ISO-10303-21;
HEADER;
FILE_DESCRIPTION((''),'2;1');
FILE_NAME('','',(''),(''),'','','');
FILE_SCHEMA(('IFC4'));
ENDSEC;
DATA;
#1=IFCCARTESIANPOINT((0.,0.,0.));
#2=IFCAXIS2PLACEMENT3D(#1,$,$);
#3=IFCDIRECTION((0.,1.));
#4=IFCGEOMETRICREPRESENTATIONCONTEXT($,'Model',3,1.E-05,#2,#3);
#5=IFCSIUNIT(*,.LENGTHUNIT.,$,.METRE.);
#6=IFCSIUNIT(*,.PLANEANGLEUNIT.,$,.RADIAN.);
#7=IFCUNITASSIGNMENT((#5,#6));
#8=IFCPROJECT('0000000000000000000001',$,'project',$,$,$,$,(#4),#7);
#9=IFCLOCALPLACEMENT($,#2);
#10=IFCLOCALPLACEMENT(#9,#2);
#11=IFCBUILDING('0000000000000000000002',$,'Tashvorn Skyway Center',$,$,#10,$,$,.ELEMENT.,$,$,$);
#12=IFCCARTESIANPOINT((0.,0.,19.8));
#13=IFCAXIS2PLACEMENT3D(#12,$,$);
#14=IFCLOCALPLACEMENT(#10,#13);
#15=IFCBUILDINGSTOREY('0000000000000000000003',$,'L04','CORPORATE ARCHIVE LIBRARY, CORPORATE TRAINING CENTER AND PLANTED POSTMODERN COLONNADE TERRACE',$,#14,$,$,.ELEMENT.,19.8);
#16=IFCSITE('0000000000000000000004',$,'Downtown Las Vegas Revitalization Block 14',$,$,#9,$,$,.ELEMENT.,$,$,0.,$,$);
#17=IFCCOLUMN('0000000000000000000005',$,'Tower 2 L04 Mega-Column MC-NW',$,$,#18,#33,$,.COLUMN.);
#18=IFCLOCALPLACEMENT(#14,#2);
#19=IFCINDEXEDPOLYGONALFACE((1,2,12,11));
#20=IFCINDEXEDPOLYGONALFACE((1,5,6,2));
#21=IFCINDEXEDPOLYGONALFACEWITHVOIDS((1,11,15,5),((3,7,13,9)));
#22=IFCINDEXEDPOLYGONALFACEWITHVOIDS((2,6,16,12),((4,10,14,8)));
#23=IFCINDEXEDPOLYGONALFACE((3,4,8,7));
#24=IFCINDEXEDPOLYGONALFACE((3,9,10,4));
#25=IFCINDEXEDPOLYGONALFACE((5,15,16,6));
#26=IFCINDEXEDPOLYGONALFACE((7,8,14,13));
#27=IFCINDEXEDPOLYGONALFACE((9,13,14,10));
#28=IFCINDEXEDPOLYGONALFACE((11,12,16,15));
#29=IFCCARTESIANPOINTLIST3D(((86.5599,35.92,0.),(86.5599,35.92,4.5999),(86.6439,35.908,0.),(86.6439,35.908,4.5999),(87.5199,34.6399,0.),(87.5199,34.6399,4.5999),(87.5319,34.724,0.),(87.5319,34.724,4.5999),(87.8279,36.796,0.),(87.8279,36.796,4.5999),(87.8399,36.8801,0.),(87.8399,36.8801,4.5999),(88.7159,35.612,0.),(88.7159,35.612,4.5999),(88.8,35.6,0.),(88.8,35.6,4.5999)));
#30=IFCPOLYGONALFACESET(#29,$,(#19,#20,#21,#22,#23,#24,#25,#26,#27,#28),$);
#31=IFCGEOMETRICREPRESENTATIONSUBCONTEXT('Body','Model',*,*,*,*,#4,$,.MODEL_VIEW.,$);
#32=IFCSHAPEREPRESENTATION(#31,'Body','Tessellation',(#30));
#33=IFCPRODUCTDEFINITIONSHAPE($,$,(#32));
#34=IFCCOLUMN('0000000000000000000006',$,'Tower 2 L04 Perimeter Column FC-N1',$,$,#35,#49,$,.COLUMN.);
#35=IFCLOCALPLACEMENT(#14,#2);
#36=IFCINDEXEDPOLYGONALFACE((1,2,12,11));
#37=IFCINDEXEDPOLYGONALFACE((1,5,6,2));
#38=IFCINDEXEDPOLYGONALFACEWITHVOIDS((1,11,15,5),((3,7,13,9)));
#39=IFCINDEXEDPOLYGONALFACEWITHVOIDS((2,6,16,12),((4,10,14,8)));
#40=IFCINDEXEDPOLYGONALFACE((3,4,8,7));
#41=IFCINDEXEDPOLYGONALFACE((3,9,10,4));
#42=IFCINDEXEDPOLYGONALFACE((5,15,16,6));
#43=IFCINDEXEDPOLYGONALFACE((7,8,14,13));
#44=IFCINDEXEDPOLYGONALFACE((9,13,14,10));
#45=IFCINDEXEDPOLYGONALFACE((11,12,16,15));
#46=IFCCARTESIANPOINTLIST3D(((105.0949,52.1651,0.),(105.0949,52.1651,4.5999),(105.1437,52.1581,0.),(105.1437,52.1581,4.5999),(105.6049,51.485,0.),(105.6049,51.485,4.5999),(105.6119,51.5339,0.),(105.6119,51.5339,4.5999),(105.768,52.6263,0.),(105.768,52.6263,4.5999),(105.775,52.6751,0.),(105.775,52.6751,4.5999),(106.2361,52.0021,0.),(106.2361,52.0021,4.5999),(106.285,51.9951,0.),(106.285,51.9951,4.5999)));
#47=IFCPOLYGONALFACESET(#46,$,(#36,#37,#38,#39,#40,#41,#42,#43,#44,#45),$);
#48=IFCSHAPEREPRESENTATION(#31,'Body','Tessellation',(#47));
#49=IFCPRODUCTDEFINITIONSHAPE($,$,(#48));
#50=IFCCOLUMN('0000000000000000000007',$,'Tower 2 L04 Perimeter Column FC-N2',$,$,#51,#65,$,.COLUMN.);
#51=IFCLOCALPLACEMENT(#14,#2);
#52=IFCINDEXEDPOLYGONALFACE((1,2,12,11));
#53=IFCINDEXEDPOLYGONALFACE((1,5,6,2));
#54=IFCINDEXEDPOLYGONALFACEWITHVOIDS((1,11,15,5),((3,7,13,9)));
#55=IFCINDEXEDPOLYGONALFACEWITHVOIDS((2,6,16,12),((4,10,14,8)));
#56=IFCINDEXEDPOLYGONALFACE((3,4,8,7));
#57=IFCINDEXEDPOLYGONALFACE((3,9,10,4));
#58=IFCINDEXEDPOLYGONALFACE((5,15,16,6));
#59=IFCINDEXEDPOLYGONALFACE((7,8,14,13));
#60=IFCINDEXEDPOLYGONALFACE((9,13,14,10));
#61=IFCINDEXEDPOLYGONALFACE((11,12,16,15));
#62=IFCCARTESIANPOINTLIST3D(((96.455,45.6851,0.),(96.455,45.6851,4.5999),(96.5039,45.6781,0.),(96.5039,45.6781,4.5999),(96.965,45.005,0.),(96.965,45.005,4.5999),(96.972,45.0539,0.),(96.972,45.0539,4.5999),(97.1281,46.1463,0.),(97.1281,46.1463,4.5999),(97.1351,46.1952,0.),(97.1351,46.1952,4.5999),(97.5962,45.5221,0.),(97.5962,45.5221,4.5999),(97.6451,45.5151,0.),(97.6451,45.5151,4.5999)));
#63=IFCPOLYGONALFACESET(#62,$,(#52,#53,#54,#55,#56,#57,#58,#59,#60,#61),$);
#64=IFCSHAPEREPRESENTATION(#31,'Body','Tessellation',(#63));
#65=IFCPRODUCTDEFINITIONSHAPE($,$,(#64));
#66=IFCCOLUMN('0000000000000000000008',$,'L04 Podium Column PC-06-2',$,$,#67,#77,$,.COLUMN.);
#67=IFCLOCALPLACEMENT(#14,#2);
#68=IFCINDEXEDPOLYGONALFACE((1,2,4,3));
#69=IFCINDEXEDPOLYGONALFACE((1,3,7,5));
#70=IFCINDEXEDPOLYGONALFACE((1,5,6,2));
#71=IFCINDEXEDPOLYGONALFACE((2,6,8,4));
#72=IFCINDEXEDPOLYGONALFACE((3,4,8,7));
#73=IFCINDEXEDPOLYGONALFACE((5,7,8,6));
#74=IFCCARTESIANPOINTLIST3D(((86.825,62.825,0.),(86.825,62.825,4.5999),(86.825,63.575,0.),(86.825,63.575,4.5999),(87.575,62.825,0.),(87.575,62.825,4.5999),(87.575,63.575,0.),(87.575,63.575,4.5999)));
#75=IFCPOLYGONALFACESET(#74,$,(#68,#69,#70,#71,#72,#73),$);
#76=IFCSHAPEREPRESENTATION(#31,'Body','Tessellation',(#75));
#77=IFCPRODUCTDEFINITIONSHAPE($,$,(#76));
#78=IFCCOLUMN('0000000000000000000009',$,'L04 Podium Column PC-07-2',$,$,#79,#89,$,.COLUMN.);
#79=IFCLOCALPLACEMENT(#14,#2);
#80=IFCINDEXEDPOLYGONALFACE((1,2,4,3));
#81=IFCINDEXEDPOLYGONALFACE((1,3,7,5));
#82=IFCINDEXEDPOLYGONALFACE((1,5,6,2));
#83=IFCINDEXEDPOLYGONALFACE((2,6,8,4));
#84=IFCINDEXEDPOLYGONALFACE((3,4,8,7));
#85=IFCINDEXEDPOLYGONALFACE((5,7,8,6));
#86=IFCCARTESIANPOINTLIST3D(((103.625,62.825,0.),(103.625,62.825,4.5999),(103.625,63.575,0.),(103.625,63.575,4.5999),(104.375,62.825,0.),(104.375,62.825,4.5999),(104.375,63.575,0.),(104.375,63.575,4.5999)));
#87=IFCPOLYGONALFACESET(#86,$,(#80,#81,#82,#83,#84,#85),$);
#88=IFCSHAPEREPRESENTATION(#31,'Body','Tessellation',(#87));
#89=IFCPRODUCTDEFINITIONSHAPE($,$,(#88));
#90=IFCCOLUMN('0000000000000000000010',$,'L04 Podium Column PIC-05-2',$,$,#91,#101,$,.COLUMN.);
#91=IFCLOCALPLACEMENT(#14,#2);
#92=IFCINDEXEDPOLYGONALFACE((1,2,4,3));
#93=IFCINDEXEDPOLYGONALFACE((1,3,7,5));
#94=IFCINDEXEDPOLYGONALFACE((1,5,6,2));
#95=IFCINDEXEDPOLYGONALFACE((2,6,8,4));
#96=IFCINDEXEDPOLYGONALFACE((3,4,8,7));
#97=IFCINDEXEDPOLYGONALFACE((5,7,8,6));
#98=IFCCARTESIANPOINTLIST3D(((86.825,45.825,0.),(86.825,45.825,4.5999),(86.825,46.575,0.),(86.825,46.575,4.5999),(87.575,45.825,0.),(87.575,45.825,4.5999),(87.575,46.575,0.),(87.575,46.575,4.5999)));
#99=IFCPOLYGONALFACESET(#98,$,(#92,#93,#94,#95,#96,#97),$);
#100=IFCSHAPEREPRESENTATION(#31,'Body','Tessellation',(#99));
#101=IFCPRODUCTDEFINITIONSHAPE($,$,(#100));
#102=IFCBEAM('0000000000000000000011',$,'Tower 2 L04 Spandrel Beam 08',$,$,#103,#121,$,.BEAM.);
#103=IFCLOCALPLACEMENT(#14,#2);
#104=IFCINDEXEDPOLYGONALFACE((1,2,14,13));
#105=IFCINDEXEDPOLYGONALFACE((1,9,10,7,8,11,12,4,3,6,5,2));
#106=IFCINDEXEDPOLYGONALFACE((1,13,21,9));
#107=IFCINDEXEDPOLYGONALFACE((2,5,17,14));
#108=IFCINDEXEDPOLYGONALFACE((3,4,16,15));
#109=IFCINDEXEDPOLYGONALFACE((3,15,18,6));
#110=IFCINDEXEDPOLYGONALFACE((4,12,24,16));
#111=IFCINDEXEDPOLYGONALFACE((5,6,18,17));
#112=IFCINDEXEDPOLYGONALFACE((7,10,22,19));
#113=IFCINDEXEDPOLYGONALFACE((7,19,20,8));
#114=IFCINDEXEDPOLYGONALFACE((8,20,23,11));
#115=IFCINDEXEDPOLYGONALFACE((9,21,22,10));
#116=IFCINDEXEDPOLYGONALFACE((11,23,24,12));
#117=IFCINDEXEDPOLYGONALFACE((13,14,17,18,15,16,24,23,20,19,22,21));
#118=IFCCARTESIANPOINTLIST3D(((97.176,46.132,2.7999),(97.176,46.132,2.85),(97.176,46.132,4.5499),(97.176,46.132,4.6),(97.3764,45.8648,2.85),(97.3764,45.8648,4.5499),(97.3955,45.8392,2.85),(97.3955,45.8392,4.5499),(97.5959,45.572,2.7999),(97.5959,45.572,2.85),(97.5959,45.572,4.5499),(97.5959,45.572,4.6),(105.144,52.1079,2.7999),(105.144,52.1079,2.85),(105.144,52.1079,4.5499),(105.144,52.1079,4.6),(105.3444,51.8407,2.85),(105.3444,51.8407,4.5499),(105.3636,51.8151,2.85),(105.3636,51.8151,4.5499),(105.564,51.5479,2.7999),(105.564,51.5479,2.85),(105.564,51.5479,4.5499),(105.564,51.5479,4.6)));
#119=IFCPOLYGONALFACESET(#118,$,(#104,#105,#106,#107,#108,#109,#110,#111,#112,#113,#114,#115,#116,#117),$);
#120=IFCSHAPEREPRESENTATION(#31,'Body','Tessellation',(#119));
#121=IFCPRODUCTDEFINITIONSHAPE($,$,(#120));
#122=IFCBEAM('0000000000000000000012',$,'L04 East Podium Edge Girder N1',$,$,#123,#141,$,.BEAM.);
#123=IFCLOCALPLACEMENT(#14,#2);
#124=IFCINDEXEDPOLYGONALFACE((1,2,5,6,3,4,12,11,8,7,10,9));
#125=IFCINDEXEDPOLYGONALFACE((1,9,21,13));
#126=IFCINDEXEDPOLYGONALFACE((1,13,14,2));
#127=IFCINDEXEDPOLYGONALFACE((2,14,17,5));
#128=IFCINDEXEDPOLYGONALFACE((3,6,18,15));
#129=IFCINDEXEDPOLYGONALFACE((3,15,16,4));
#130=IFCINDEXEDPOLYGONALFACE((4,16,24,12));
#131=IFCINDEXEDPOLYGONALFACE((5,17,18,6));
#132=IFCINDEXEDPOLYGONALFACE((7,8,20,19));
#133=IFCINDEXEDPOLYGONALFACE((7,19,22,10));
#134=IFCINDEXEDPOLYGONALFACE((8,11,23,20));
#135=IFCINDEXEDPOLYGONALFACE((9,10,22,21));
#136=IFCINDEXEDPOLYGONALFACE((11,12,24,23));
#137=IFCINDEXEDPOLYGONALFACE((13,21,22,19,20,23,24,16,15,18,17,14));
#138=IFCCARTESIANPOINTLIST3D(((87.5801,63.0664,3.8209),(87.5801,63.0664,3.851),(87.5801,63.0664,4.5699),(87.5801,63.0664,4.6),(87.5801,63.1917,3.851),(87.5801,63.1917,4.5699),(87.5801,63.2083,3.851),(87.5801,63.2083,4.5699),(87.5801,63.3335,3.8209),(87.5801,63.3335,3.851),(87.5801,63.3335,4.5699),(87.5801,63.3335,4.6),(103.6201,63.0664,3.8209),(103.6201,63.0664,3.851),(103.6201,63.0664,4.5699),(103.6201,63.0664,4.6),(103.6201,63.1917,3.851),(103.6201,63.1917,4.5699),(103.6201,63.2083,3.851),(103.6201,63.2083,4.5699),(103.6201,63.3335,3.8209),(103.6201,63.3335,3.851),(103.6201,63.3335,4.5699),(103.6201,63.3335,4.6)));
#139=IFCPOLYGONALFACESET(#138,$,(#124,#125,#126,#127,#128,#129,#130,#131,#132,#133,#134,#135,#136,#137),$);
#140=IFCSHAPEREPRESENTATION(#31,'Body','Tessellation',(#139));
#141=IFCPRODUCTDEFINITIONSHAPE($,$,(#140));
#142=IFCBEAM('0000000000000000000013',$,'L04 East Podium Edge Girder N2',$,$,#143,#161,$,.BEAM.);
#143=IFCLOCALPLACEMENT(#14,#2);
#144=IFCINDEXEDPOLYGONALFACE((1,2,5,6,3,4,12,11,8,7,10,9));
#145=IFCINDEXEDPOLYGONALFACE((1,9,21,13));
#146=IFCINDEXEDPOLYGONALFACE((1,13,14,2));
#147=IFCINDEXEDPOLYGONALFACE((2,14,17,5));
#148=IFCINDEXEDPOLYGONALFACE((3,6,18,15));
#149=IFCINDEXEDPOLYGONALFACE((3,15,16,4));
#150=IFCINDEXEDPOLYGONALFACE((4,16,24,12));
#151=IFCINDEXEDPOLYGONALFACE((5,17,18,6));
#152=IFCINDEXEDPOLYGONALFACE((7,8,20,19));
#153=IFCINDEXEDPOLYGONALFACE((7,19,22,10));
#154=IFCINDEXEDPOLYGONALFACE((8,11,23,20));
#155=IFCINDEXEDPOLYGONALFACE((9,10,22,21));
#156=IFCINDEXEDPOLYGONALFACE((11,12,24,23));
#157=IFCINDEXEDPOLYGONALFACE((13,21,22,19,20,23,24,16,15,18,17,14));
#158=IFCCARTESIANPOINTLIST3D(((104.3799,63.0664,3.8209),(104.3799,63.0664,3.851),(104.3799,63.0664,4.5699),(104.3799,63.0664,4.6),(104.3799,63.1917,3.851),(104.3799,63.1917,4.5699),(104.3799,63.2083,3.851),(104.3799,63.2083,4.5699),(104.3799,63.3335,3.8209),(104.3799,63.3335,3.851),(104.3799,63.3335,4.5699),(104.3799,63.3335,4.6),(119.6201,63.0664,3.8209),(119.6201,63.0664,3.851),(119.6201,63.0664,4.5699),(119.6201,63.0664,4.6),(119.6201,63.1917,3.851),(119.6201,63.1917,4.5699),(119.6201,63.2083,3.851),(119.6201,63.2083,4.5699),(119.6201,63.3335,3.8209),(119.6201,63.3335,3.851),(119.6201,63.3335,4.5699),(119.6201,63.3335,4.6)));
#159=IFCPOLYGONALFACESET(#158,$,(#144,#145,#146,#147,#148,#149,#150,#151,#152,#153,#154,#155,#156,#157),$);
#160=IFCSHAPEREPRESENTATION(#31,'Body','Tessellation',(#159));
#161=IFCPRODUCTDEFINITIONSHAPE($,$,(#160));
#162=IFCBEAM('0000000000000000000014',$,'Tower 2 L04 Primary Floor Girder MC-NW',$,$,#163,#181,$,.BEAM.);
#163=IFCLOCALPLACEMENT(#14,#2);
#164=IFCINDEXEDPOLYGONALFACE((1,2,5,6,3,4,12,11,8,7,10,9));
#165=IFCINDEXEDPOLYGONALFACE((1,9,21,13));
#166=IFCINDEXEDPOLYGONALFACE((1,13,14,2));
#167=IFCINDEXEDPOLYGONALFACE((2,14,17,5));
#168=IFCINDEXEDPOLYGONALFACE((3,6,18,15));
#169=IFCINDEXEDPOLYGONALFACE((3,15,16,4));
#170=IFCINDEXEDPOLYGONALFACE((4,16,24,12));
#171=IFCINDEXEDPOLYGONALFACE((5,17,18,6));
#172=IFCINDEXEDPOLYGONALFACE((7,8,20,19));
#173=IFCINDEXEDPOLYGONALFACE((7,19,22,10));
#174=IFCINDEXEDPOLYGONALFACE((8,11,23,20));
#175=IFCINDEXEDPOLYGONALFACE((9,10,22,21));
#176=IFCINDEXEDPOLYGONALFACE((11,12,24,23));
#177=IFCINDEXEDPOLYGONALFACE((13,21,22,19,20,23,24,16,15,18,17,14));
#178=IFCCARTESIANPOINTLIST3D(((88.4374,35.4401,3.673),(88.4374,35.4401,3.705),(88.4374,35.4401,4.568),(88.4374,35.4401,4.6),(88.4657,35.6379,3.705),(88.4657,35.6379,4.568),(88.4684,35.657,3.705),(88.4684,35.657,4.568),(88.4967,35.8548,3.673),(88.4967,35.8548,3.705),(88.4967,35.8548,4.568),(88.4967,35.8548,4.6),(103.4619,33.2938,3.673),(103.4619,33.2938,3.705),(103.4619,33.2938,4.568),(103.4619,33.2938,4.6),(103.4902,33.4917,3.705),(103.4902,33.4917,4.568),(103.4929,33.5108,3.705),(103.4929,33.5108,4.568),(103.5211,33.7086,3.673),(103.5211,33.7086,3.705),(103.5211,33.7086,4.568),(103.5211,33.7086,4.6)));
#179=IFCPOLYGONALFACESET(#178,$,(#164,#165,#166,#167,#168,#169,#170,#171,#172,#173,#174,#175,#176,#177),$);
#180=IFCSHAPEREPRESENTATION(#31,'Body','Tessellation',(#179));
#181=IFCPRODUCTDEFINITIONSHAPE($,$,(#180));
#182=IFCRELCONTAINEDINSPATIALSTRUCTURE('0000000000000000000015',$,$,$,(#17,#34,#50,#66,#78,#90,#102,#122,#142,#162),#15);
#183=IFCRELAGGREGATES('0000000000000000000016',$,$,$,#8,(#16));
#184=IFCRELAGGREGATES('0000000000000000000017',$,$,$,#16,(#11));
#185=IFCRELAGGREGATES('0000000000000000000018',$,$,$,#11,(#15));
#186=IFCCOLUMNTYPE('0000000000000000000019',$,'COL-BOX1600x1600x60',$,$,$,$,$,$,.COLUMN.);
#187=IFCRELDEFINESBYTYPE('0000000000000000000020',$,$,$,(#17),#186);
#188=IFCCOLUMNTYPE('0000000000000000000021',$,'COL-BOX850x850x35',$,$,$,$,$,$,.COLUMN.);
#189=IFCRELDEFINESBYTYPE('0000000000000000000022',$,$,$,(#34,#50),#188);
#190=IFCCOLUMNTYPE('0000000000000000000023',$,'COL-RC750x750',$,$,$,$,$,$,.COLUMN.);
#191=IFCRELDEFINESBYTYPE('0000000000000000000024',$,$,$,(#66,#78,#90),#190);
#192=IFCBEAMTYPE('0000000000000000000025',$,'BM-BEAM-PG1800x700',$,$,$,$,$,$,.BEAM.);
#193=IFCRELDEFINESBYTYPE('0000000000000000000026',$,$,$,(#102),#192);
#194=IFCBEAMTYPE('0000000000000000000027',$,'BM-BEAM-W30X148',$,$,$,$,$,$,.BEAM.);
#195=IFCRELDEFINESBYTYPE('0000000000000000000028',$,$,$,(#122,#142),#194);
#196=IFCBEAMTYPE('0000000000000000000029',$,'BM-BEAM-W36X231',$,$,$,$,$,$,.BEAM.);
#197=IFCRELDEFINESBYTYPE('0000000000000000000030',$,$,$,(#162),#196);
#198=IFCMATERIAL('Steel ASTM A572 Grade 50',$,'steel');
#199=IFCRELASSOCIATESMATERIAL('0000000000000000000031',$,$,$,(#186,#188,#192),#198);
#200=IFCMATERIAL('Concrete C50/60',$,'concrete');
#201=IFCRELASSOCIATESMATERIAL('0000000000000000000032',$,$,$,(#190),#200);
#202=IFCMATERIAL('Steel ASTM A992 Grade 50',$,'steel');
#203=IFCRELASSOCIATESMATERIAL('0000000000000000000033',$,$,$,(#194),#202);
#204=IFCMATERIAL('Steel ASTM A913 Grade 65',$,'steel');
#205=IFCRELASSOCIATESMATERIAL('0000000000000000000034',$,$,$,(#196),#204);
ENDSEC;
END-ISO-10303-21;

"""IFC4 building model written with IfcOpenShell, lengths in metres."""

from ifc_helpers import new_model, si_unit, direction, frame, origin, origin_2d, place, context, subcontext, project, spatial, rectangle, hollow_rectangle, i_section, extrude, material, material_profile, profile_set, type_object, element, save


model = new_model("IFC4")

# Units and contexts
model_context = context("Model", 3, precision=1e-05, world=origin(), true_north=direction((0.0, 1.0)))
body_context = subcontext(model_context, "Body", "Model", "MODEL_VIEW")
ifc_project = project(units=[si_unit("LENGTHUNIT", "METRE"), si_unit("PLANEANGLEUNIT", "RADIAN")], contexts=[model_context])

# Site, building, storey
site_placement = place(None, origin())
site = spatial("IfcSite", under=ifc_project, at=site_placement, Name="Downtown Las Vegas Revitalization Block 14", CompositionType="ELEMENT", RefElevation=0.0)
building_placement = place(site_placement, origin())
building = spatial("IfcBuilding", under=site, at=building_placement, Name="Tashvorn Skyway Center", CompositionType="ELEMENT")
storey_placement = place(building_placement, frame((0.0, 0.0, 19.8)))
storey = spatial("IfcBuildingStorey", under=building, at=storey_placement, Name="L04", Description="CORPORATE ARCHIVE LIBRARY, CORPORATE TRAINING CENTER AND PLANTED POSTMODERN COLONNADE TERRACE", CompositionType="ELEMENT", Elevation=19.8)

# Columns
ifc_material_1 = material(Name="Steel ASTM A572 Grade 50", Category="steel")
ifc_material_profile_1 = material_profile(ifc_material_1, hollow_rectangle(XDim=1.6001, YDim=1.6001, WallThickness=0.0601, at=origin_2d()), Name="BOX1600x1600x60")
ifc_profile_set_1 = profile_set([ifc_material_profile_1], Name="Steel ASTM A572 Grade 50")
column_type_1 = type_object("IfcColumnType", Name="COL-BOX1600x1600x60", PredefinedType="COLUMN", material=ifc_profile_set_1)
column_placement = place(storey_placement, frame((87.6799, 35.76, 0.0), z_axis=(0.0, 0.0, 1.0), x_axis=(0.8, 0.6, 0.0)))
element("IfcColumn", 1, at=column_placement, inside=storey, type_object=column_type_1, Name="Tower 2 L04 Mega-Column MC-NW", PredefinedType="COLUMN", context=body_context, shape_type="SweptSolid", body=[
    extrude(hollow_rectangle(XDim=1.6001, YDim=1.6001, WallThickness=0.0601, at=origin_2d()), origin(), (0.0, 0.0, 1.0), 4.5999),
])
ifc_material_profile_2 = material_profile(ifc_material_1, hollow_rectangle(XDim=0.8501, YDim=0.8501, WallThickness=0.0349, at=origin_2d()), Name="BOX850x850x35")
ifc_profile_set_2 = profile_set([ifc_material_profile_2], Name="Steel ASTM A572 Grade 50")
column_type_2 = type_object("IfcColumnType", Name="COL-BOX850x850x35", PredefinedType="COLUMN", material=ifc_profile_set_2)
for number, where, z_axis, x_axis, name in (
    (2, (105.6899, 52.0801, 0.0), (0.0, 0.0, 1.0), (0.8, 0.6, 0.0), "Tower 2 L04 Perimeter Column FC-N1"),
    (3, (97.05, 45.6001, 0.0), (0.0, 0.0, 1.0), (0.8, 0.6, 0.0), "Tower 2 L04 Perimeter Column FC-N2"),
):
    element("IfcColumn", number, at=place(storey_placement, frame(where, z_axis=z_axis, x_axis=x_axis)), inside=storey, type_object=column_type_2, Name=name, PredefinedType="COLUMN", context=body_context, shape_type="SweptSolid", body=[
        extrude(hollow_rectangle(XDim=0.8501, YDim=0.8501, WallThickness=0.0349, at=origin_2d()), origin(), (0.0, 0.0, 1.0), 4.5999),
    ])
ifc_material_2 = material(Name="Concrete C50/60", Category="concrete")
ifc_material_profile_3 = material_profile(ifc_material_2, rectangle(XDim=0.75, YDim=0.75, at=origin_2d()), Name="RC750x750")
ifc_profile_set_3 = profile_set([ifc_material_profile_3], Name="Concrete C50/60")
column_type_3 = type_object("IfcColumnType", Name="COL-RC750x750", PredefinedType="COLUMN", material=ifc_profile_set_3)
for number, where, z_axis, x_axis, name in (
    (4, (87.2, 63.2, 0.0), (0.0, 0.0, 1.0), (1.0, 0.0, 0.0), "L04 Podium Column PC-06-2"),
    (5, (104.0, 63.2, 0.0), (0.0, 0.0, 1.0), (1.0, 0.0, 0.0), "L04 Podium Column PC-07-2"),
    (6, (87.2, 46.2, 0.0), (0.0, 0.0, 1.0), (1.0, 0.0, 0.0), "L04 Podium Column PIC-05-2"),
):
    element("IfcColumn", number, at=place(storey_placement, frame(where, z_axis=z_axis, x_axis=x_axis)), inside=storey, type_object=column_type_3, Name=name, PredefinedType="COLUMN", context=body_context, shape_type="SweptSolid", body=[
        extrude(rectangle(XDim=0.75, YDim=0.75, at=origin_2d()), origin(), (0.0, 0.0, 1.0), 4.5999),
    ])

# Beams
ifc_material_profile_4 = material_profile(ifc_material_1, i_section(OverallWidth=0.7, OverallDepth=1.8, WebThickness=0.032, FlangeThickness=0.05, at=origin_2d()), Name="PG1800x700")
ifc_profile_set_4 = profile_set([ifc_material_profile_4], Name="Steel ASTM A572 Grade 50")
beam_type_1 = type_object("IfcBeamType", Name="BM-BEAM-PG1800x700", PredefinedType="BEAM", material=ifc_profile_set_4)
beam_1_placement = place(storey_placement, frame((105.354, 51.8279, 3.7), z_axis=(-0.800009, -0.599988, 0.0), x_axis=(0.599988, -0.800009, 0.0)))
element("IfcBeam", 7, at=beam_1_placement, inside=storey, type_object=beam_type_1, Name="Tower 2 L04 Spandrel Beam 08", PredefinedType="BEAM", context=body_context, shape_type="SweptSolid", body=[
    extrude(i_section(OverallWidth=0.7, OverallDepth=1.8, WebThickness=0.032, FlangeThickness=0.05, at=origin_2d()), origin(), (0.0, 0.0, 1.0), 9.96),
])
ifc_material_3 = material(Name="Steel ASTM A992 Grade 50", Category="steel")
ifc_material_profile_5 = material_profile(ifc_material_3, i_section(OverallWidth=0.2671, OverallDepth=0.7791, WebThickness=0.0166, FlangeThickness=0.03, at=origin_2d()), Name="W30X148")
ifc_profile_set_5 = profile_set([ifc_material_profile_5], Name="Steel ASTM A992 Grade 50")
beam_type_2 = type_object("IfcBeamType", Name="BM-BEAM-W30X148", PredefinedType="BEAM", material=ifc_profile_set_5)
beam_2_placement = place(storey_placement, frame((87.5801, 63.2, 4.2104), z_axis=(1.0, 0.0, 0.0), x_axis=(0.0, 1.0, 0.0)))
element("IfcBeam", 8, at=beam_2_placement, inside=storey, type_object=beam_type_2, Name="L04 East Podium Edge Girder N1", PredefinedType="BEAM", context=body_context, shape_type="SweptSolid", body=[
    extrude(i_section(OverallWidth=0.2671, OverallDepth=0.7791, WebThickness=0.0166, FlangeThickness=0.03, at=origin_2d()), origin(), (0.0, 0.0, 1.0), 16.04),
])
beam_3_placement = place(storey_placement, frame((104.3799, 63.2, 4.2104), z_axis=(1.0, 0.0, 0.0), x_axis=(0.0, 1.0, 0.0)))
element("IfcBeam", 9, at=beam_3_placement, inside=storey, type_object=beam_type_2, Name="L04 East Podium Edge Girder N2", PredefinedType="BEAM", context=body_context, shape_type="SweptSolid", body=[
    extrude(i_section(OverallWidth=0.2671, OverallDepth=0.7791, WebThickness=0.0166, FlangeThickness=0.03, at=origin_2d()), origin(), (0.0, 0.0, 1.0), 15.2402),
])
ifc_material_4 = material(Name="Steel ASTM A913 Grade 65", Category="steel")
ifc_material_profile_6 = material_profile(ifc_material_4, i_section(OverallWidth=0.4189, OverallDepth=0.927, WebThickness=0.0193, FlangeThickness=0.032, at=origin_2d()), Name="W36X231")
ifc_profile_set_6 = profile_set([ifc_material_profile_6], Name="Steel ASTM A913 Grade 65")
beam_type_3 = type_object("IfcBeamType", Name="BM-BEAM-W36X231", PredefinedType="BEAM", material=ifc_profile_set_6)
beam_4_placement = place(storey_placement, frame((88.467, 35.6475, 4.1365), z_axis=(0.98995, -0.141415, 0.0), x_axis=(0.141415, 0.98995, 0.0)))
element("IfcBeam", 10, at=beam_4_placement, inside=storey, type_object=beam_type_3, Name="Tower 2 L04 Primary Floor Girder MC-NW", PredefinedType="BEAM", context=body_context, shape_type="SweptSolid", body=[
    extrude(i_section(OverallWidth=0.4189, OverallDepth=0.927, WebThickness=0.0193, FlangeThickness=0.032, at=origin_2d()), origin(), (0.0, 0.0, 1.0), 15.177),
])

save(model, "model.ifc")
